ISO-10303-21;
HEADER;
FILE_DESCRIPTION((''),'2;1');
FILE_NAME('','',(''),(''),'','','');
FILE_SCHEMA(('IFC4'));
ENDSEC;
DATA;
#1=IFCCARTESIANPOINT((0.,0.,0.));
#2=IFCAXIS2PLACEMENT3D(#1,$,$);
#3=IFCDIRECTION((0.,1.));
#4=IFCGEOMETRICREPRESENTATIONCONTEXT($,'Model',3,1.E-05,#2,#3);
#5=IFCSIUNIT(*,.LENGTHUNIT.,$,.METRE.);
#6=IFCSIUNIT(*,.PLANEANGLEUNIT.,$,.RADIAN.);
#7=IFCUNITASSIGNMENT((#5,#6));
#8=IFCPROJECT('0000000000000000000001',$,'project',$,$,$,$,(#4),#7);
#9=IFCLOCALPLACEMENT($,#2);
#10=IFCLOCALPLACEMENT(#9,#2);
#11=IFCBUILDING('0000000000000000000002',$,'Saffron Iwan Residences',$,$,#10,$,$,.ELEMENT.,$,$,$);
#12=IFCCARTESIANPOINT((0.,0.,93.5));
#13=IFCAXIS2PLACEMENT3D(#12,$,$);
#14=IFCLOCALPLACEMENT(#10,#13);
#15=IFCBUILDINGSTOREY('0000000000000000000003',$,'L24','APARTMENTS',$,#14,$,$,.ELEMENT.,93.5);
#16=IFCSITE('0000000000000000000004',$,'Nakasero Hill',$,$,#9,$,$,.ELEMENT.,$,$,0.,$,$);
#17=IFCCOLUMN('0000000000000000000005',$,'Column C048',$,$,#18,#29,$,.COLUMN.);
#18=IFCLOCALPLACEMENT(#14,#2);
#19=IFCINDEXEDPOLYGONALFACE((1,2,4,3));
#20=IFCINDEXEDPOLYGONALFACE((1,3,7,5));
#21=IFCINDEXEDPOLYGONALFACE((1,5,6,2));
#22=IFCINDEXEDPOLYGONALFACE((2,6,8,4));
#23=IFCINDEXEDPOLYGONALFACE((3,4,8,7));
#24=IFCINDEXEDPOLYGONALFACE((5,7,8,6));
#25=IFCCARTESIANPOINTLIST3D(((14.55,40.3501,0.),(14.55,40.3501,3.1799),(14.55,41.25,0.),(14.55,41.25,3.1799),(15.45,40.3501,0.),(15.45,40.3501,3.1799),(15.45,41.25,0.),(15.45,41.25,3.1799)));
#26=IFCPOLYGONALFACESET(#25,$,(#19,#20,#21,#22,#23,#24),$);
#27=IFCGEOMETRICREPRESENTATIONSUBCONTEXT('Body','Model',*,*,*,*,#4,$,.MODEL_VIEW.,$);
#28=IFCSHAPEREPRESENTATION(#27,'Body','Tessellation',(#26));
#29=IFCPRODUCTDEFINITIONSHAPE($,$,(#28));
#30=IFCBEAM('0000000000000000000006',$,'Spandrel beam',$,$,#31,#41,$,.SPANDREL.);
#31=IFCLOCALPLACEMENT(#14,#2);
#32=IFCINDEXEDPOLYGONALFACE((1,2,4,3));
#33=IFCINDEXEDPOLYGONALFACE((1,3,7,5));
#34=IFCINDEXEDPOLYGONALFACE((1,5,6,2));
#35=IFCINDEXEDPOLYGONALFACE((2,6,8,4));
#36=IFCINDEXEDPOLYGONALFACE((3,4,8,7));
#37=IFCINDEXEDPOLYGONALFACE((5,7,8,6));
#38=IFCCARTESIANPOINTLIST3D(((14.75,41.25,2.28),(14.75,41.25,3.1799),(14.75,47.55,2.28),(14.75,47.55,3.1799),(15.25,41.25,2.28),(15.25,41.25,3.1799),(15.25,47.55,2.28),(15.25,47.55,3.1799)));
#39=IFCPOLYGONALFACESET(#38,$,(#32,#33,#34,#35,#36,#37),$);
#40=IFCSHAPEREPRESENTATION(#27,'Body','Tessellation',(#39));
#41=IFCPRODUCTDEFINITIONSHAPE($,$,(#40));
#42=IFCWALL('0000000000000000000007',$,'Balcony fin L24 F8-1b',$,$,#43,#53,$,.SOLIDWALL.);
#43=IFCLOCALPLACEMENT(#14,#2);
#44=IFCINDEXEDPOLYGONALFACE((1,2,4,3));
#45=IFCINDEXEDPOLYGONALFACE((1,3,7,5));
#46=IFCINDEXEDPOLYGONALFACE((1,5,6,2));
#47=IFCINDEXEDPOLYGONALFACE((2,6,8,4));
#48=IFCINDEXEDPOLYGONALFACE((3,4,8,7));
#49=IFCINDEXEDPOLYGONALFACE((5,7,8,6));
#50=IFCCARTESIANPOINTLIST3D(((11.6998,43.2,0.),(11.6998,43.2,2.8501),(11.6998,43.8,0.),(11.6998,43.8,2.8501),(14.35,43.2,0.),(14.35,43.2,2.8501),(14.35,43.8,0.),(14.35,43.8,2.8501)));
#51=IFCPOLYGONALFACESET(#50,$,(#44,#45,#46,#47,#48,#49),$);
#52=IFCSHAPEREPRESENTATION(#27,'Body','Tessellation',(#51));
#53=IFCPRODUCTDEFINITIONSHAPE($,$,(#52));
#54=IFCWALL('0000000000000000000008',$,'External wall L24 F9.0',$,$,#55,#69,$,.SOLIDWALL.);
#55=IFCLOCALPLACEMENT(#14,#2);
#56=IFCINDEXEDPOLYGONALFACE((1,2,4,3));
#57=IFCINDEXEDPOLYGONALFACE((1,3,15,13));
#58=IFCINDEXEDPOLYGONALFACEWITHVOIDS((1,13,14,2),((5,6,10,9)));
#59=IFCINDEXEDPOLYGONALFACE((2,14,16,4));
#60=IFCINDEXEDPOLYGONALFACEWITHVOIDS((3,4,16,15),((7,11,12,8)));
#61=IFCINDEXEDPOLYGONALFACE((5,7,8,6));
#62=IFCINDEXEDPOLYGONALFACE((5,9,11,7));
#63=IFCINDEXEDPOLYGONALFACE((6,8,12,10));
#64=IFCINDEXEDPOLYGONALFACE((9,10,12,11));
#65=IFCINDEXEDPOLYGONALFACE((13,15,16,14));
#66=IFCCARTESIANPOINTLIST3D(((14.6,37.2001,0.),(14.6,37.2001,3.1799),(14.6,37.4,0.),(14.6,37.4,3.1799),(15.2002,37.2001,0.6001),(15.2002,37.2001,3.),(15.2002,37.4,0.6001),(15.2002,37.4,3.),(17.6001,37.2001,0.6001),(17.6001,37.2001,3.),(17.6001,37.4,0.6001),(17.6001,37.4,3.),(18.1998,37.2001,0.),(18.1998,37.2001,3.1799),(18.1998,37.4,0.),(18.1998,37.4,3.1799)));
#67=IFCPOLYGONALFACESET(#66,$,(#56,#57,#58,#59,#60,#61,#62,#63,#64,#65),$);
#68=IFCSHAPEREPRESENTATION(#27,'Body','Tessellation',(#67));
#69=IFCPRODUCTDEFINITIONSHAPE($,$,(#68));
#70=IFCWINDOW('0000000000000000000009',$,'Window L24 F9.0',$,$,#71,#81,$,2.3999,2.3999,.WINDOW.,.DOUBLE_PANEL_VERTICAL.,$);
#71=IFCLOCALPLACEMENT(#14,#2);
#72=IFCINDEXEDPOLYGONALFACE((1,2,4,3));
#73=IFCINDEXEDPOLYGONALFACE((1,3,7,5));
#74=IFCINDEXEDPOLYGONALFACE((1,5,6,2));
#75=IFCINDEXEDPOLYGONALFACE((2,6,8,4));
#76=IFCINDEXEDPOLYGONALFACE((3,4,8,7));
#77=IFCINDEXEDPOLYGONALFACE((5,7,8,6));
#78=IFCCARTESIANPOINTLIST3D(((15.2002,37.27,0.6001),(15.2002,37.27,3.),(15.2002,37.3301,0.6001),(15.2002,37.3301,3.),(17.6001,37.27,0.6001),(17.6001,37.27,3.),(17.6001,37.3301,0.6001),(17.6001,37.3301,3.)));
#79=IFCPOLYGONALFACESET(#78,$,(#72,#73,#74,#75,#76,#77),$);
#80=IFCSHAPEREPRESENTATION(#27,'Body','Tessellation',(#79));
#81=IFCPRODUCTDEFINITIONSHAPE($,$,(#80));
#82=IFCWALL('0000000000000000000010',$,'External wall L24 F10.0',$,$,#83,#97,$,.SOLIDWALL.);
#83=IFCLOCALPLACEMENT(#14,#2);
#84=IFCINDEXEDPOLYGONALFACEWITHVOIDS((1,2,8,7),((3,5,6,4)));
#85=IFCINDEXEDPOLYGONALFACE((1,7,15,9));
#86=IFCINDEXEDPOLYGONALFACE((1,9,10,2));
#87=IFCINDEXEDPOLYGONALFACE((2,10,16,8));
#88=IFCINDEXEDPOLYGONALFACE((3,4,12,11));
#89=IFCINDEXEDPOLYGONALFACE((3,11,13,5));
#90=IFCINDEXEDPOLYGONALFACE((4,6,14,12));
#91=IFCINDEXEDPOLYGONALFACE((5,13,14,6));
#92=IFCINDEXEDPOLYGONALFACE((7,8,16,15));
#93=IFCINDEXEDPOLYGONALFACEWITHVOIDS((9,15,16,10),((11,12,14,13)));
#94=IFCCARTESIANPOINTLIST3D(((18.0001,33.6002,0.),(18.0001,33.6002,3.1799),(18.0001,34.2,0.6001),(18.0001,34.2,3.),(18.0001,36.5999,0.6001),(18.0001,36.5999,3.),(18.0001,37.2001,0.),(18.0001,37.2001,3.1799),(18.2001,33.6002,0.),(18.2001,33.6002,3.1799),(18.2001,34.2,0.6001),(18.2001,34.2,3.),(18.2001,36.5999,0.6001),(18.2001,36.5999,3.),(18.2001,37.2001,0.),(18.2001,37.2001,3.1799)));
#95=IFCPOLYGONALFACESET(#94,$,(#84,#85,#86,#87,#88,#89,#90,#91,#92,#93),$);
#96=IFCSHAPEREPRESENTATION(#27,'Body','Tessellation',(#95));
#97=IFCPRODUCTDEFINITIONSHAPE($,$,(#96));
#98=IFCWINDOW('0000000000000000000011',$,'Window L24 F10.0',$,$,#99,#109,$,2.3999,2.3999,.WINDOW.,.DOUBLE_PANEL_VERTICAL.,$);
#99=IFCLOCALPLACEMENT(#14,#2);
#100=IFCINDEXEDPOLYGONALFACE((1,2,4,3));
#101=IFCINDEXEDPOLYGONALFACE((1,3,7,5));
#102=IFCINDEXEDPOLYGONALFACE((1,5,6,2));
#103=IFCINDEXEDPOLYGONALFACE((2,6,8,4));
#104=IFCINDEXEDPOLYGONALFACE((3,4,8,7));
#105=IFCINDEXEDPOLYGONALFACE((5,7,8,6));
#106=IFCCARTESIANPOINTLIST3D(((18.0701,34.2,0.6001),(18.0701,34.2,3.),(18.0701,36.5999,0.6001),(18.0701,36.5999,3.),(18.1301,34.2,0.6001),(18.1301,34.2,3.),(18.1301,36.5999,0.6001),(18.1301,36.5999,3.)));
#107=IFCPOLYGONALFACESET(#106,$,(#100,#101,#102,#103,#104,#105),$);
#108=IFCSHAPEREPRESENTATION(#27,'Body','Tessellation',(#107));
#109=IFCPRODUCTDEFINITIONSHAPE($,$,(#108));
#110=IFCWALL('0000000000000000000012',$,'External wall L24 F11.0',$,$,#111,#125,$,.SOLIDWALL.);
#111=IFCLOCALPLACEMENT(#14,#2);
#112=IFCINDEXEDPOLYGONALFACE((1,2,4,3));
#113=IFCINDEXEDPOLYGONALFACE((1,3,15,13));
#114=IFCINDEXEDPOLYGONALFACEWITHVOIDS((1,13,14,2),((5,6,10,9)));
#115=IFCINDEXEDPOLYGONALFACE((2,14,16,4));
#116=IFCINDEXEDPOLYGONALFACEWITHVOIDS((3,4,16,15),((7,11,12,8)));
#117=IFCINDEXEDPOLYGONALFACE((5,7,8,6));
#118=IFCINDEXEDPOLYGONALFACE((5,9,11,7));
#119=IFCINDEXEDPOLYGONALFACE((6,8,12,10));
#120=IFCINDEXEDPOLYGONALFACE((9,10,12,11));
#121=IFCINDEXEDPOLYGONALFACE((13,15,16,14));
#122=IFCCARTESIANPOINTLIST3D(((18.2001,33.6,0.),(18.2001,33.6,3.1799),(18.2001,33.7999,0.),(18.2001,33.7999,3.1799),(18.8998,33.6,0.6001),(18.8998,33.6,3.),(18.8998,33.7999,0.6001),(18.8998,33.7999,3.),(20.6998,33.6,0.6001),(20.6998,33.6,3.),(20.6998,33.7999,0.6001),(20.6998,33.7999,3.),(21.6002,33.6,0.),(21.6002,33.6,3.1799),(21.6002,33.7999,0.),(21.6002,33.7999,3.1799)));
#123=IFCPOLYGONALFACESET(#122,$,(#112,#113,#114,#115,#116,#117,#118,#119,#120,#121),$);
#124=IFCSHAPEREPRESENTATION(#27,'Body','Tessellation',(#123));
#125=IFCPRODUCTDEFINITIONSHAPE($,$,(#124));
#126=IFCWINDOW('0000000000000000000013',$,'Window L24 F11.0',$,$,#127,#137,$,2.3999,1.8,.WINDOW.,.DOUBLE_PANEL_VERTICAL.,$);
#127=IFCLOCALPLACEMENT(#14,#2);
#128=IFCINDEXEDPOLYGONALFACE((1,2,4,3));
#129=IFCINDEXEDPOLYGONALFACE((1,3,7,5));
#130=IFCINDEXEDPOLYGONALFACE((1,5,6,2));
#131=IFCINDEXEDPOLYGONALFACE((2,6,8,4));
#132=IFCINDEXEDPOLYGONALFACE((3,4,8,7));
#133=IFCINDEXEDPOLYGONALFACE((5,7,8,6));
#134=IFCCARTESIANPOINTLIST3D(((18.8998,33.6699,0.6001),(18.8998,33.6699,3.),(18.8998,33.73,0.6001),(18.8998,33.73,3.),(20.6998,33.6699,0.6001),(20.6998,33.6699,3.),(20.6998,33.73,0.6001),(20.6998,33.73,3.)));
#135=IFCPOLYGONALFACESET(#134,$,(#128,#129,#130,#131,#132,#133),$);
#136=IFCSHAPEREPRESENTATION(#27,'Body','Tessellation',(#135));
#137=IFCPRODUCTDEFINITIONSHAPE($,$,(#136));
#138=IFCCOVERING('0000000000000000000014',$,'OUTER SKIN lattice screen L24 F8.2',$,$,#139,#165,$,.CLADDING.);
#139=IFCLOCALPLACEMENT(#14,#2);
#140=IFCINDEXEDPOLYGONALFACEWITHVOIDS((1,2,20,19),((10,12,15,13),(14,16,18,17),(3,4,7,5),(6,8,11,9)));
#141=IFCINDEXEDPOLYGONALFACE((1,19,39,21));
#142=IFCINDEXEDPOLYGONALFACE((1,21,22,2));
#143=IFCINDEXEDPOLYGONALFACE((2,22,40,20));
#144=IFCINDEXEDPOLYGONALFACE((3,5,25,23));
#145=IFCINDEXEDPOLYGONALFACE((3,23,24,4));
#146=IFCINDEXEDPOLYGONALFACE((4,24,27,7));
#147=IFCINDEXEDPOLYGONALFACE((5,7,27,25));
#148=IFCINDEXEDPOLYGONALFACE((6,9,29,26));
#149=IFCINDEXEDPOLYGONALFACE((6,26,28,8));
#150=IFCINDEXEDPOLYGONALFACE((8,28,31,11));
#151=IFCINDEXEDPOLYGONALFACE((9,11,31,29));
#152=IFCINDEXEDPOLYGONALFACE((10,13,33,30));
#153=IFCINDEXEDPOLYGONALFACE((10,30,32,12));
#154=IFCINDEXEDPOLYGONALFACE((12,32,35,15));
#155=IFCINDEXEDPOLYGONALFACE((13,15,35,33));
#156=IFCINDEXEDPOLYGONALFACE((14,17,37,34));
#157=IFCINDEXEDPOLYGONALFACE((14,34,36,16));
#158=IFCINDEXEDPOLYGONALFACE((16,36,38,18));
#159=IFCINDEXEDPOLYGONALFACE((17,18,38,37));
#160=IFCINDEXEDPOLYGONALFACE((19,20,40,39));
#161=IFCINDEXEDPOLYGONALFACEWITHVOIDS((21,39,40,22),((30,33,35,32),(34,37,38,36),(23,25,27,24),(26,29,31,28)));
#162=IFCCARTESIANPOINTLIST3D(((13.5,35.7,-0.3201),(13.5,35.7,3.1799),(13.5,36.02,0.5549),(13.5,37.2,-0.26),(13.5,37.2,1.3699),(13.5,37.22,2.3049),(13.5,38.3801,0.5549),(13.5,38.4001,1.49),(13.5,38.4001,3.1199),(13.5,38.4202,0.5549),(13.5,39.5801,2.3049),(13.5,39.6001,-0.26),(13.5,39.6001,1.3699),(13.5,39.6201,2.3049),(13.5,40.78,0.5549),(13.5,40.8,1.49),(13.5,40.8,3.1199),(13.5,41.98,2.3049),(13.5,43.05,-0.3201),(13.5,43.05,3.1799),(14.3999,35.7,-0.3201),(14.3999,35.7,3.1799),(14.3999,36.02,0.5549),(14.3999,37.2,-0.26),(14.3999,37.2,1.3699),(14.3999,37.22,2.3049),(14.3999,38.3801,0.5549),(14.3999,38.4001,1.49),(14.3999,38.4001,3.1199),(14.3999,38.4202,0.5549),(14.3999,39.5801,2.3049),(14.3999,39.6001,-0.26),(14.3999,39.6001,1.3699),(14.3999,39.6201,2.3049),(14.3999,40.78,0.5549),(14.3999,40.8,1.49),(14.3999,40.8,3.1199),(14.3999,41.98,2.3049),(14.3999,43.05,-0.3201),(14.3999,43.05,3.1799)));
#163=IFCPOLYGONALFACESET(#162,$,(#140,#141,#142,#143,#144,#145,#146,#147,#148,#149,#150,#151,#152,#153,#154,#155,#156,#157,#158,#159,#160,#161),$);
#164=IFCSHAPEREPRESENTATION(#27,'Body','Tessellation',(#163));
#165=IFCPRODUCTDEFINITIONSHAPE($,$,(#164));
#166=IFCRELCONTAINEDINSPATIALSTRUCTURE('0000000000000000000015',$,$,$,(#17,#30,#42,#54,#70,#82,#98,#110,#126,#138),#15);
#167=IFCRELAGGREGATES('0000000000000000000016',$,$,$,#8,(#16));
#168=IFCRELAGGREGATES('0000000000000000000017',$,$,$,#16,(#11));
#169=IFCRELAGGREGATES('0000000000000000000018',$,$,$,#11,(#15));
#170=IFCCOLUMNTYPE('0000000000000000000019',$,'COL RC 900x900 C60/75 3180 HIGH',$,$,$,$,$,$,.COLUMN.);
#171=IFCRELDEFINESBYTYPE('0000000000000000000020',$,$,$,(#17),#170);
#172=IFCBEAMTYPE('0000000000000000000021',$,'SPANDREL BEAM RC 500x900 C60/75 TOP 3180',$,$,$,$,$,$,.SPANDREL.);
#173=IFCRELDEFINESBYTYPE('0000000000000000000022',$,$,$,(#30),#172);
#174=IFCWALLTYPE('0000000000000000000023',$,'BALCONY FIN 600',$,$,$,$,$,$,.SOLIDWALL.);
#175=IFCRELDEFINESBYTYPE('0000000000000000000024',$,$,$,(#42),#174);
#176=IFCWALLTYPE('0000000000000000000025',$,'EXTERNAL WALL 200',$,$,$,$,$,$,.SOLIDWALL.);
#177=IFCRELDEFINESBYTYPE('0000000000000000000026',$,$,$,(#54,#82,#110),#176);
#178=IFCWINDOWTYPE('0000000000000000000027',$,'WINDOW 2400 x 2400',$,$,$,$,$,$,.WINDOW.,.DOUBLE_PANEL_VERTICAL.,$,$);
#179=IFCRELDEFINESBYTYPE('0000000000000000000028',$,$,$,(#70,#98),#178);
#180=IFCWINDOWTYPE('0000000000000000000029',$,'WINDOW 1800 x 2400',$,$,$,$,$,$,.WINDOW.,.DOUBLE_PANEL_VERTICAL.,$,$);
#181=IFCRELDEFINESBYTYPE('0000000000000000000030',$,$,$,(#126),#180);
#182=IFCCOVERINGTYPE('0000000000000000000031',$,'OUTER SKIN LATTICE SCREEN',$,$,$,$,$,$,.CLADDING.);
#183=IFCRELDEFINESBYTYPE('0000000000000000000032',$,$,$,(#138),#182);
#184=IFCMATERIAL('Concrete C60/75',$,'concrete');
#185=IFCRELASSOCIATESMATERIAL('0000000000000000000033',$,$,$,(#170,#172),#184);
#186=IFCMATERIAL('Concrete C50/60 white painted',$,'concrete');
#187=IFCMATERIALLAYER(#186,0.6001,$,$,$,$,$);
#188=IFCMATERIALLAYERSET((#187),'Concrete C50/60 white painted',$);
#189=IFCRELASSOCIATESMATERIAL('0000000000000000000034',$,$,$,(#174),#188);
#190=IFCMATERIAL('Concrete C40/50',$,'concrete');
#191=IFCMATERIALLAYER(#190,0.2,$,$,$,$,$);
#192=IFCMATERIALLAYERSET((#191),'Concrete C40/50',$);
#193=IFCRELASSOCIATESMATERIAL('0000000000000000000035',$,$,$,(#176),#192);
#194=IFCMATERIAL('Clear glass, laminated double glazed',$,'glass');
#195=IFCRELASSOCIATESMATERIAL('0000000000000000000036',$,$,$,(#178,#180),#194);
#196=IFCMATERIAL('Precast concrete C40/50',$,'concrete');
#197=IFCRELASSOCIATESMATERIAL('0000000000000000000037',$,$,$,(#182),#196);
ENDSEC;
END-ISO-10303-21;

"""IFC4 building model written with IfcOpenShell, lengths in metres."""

from ifc_helpers import new_model, si_unit, direction, frame, frame_2d, origin, origin_2d, place, context, subcontext, project, spatial, polyline, rectangle, outline, extrude, source, transform, mapped, material, layer, layer_set, material_profile, profile_set, type_object, element, fill, save


model = new_model("IFC4")

# Units and contexts
model_context = context("Model", 3, precision=1e-05, world=origin(), true_north=direction((0.0, 1.0)))
body_context = subcontext(model_context, "Body", "Model", "MODEL_VIEW")
ifc_project = project(units=[si_unit("LENGTHUNIT", "METRE"), si_unit("PLANEANGLEUNIT", "RADIAN")], contexts=[model_context])

# Site, building, storey
site_placement = place(None, origin())
site = spatial("IfcSite", under=ifc_project, at=site_placement, Name="Nakasero Hill", CompositionType="ELEMENT", RefElevation=0.0)
building_placement = place(site_placement, origin())
building = spatial("IfcBuilding", under=site, at=building_placement, Name="Saffron Iwan Residences", CompositionType="ELEMENT")
storey_placement = place(building_placement, frame((0.0, 0.0, 93.5)))
storey = spatial("IfcBuildingStorey", under=building, at=storey_placement, Name="L24", Description="APARTMENTS", CompositionType="ELEMENT", Elevation=93.5)

# Column
ifc_material_1 = material(Name="Concrete C60/75", Category="concrete")
ifc_material_profile_1 = material_profile(ifc_material_1, rectangle(XDim=0.8999, YDim=0.8999, at=origin_2d()), Name="RC 900x900")
ifc_profile_set_1 = profile_set([ifc_material_profile_1], Name="Concrete C60/75")
column_type = type_object("IfcColumnType", Name="COL RC 900x900 C60/75 3180 HIGH", PredefinedType="COLUMN", material=ifc_profile_set_1)
shared_shape_1 = source(origin(), body_context, "Body", "SweptSolid", [
    extrude(rectangle(XDim=0.8999, YDim=0.8999, at=origin_2d()), origin(), (0.0, 0.0, 1.0), 3.1799),
])
column_placement = place(storey_placement, frame((15.0, 40.8, 0.0), z_axis=(0.0, 0.0, 1.0), x_axis=(1.0, 0.0, 0.0)))
element("IfcColumn", 1, at=column_placement, inside=storey, type_object=column_type, Name="Column C048", PredefinedType="COLUMN", context=body_context, shape_type="MappedRepresentation", body=[
    mapped(shared_shape_1, transform((0.0, 0.0, 0.0))),
])

# Beam
ifc_material_profile_2 = material_profile(ifc_material_1, rectangle(XDim=0.5, YDim=0.8999, at=origin_2d()), Name="RC 500x900")
ifc_profile_set_2 = profile_set([ifc_material_profile_2], Name="Concrete C60/75")
beam_type = type_object("IfcBeamType", Name="SPANDREL BEAM RC 500x900 C60/75 TOP 3180", PredefinedType="SPANDREL", material=ifc_profile_set_2)
shared_shape_2 = source(origin(), body_context, "Body", "SweptSolid", [
    extrude(rectangle(XDim=0.5, YDim=0.8999, at=origin_2d()), origin(), (0.0, 0.0, 1.0), 6.3),
])
beam_placement = place(storey_placement, frame((15.0, 41.25, 2.73), z_axis=(0.0, 1.0, 0.0), x_axis=(-1.0, 0.0, 0.0)))
element("IfcBeam", 2, at=beam_placement, inside=storey, type_object=beam_type, Name="Spandrel beam", PredefinedType="SPANDREL", context=body_context, shape_type="MappedRepresentation", body=[
    mapped(shared_shape_2, transform((0.0, 0.0, 0.0))),
])

# Wall
ifc_material_2 = material(Name="Concrete C50/60 white painted", Category="concrete")
ifc_layer_1 = layer(ifc_material_2, 0.6001)
ifc_layer_set_1 = layer_set([ifc_layer_1], Name="Concrete C50/60 white painted")
wall_type_1 = type_object("IfcWallType", Name="BALCONY FIN 600", PredefinedType="SOLIDWALL", material=ifc_layer_set_1)
wall_1_placement = place(storey_placement, frame((14.3501, 43.5, 0.0), z_axis=(0.0, 0.0, 1.0), x_axis=(-1.0, 0.0, 0.0)))
element("IfcWall", 3, at=wall_1_placement, inside=storey, type_object=wall_type_1, Name="Balcony fin L24 F8-1b", PredefinedType="SOLIDWALL", context=body_context, shape_type="SweptSolid", body=[
    extrude(rectangle(XDim=2.6501, YDim=0.6001, at=frame_2d((1.3252, 0.0))), origin(), (0.0, 0.0, 1.0), 2.8501),
])

# Walls, openings, windows
ifc_material_3 = material(Name="Concrete C40/50", Category="concrete")
ifc_layer_2 = layer(ifc_material_3, 0.2)
ifc_layer_set_2 = layer_set([ifc_layer_2], Name="Concrete C40/50")
wall_type_2 = type_object("IfcWallType", Name="EXTERNAL WALL 200", PredefinedType="SOLIDWALL", material=ifc_layer_set_2)
wall_2_placement = place(storey_placement, frame((14.6001, 37.3, 0.0), z_axis=(0.0, 0.0, 1.0), x_axis=(1.0, 0.0, 0.0)))
wall_2 = element("IfcWall", 4, at=wall_2_placement, inside=storey, type_object=wall_type_2, Name="External wall L24 F9.0", PredefinedType="SOLIDWALL", context=body_context, shape_type="SweptSolid", body=[
    extrude(rectangle(XDim=3.5999, YDim=0.2, at=frame_2d((1.7998, 0.0))), origin(), (0.0, 0.0, 1.0), 3.1799),
])
opening_1_placement = place(wall_2_placement, frame((0.6001, 0.0, 0.6001)))
opening_1 = element("IfcOpeningElement", 5, at=opening_1_placement, cuts=wall_2, PredefinedType="OPENING", context=body_context, shape_type="SweptSolid", body=[
    extrude(rectangle(XDim=2.3999, YDim=2.3999, at=frame_2d((1.2, 1.2))), frame((0.0, 0.1099, 0.0), z_axis=(0.0, -1.0, 0.0), x_axis=(1.0, 0.0, 0.0)), (0.0, 0.0, 1.0), 0.22),
])
ifc_material_4 = material(Name="Clear glass, laminated double glazed", Category="glass")
window_type_1 = type_object("IfcWindowType", Name="WINDOW 2400 x 2400", PartitioningType="DOUBLE_PANEL_VERTICAL", PredefinedType="WINDOW", material=ifc_material_4)
window_1_placement = place(opening_1_placement, origin())
window_1 = element("IfcWindow", 6, at=window_1_placement, inside=storey, type_object=window_type_1, Name="Window L24 F9.0", OverallHeight=2.3999, OverallWidth=2.3999, PartitioningType="DOUBLE_PANEL_VERTICAL", PredefinedType="WINDOW", context=body_context, shape_type="SweptSolid", body=[
    extrude(rectangle(XDim=2.3999, YDim=2.3999, at=frame_2d((1.2, 1.2))), frame((0.0, 0.03, 0.0), z_axis=(0.0, -1.0, 0.0), x_axis=(1.0, 0.0, 0.0)), (0.0, 0.0, 1.0), 0.0601),
])
fill(opening_1, window_1)
wall_3_placement = place(storey_placement, frame((18.1001, 37.2, 0.0), z_axis=(0.0, 0.0, 1.0), x_axis=(0.0, -1.0, 0.0)))
wall_3 = element("IfcWall", 7, at=wall_3_placement, inside=storey, type_object=wall_type_2, Name="External wall L24 F10.0", PredefinedType="SOLIDWALL", context=body_context, shape_type="SweptSolid", body=[
    extrude(rectangle(XDim=3.5999, YDim=0.2, at=frame_2d((1.7998, 0.0))), origin(), (0.0, 0.0, 1.0), 3.1799),
])
opening_2_placement = place(wall_3_placement, frame((0.6001, 0.0, 0.6001)))
opening_2 = element("IfcOpeningElement", 8, at=opening_2_placement, cuts=wall_3, PredefinedType="OPENING", context=body_context, shape_type="SweptSolid", body=[
    extrude(rectangle(XDim=2.3999, YDim=2.3999, at=frame_2d((1.2, 1.2))), frame((0.0, 0.1099, 0.0), z_axis=(0.0, -1.0, 0.0), x_axis=(1.0, 0.0, 0.0)), (0.0, 0.0, 1.0), 0.22),
])
window_2_placement = place(opening_2_placement, origin())
window_2 = element("IfcWindow", 9, at=window_2_placement, inside=storey, type_object=window_type_1, Name="Window L24 F10.0", OverallHeight=2.3999, OverallWidth=2.3999, PartitioningType="DOUBLE_PANEL_VERTICAL", PredefinedType="WINDOW", context=body_context, shape_type="SweptSolid", body=[
    extrude(rectangle(XDim=2.3999, YDim=2.3999, at=frame_2d((1.2, 1.2))), frame((0.0, 0.03, 0.0), z_axis=(0.0, -1.0, 0.0), x_axis=(1.0, 0.0, 0.0)), (0.0, 0.0, 1.0), 0.0601),
])
fill(opening_2, window_2)
wall_4_placement = place(storey_placement, frame((18.2, 33.7, 0.0), z_axis=(0.0, 0.0, 1.0), x_axis=(1.0, 0.0, 0.0)))
wall_4 = element("IfcWall", 10, at=wall_4_placement, inside=storey, type_object=wall_type_2, Name="External wall L24 F11.0", PredefinedType="SOLIDWALL", context=body_context, shape_type="SweptSolid", body=[
    extrude(rectangle(XDim=3.4001, YDim=0.2, at=frame_2d((1.7002, 0.0))), origin(), (0.0, 0.0, 1.0), 3.1799),
])
opening_3_placement = place(wall_4_placement, frame((0.7, 0.0, 0.6001)))
opening_3 = element("IfcOpeningElement", 11, at=opening_3_placement, cuts=wall_4, PredefinedType="OPENING", context=body_context, shape_type="SweptSolid", body=[
    extrude(rectangle(XDim=1.8, YDim=2.3999, at=frame_2d((0.8999, 1.2))), frame((0.0, 0.1099, 0.0), z_axis=(0.0, -1.0, 0.0), x_axis=(1.0, 0.0, 0.0)), (0.0, 0.0, 1.0), 0.22),
])
window_type_2 = type_object("IfcWindowType", Name="WINDOW 1800 x 2400", PartitioningType="DOUBLE_PANEL_VERTICAL", PredefinedType="WINDOW", material=ifc_material_4)
window_3_placement = place(opening_3_placement, origin())
window_3 = element("IfcWindow", 12, at=window_3_placement, inside=storey, type_object=window_type_2, Name="Window L24 F11.0", OverallHeight=2.3999, OverallWidth=1.8, PartitioningType="DOUBLE_PANEL_VERTICAL", PredefinedType="WINDOW", context=body_context, shape_type="SweptSolid", body=[
    extrude(rectangle(XDim=1.8, YDim=2.3999, at=frame_2d((0.8999, 1.2))), frame((0.0, 0.03, 0.0), z_axis=(0.0, -1.0, 0.0), x_axis=(1.0, 0.0, 0.0)), (0.0, 0.0, 1.0), 0.0601),
])
fill(opening_3, window_3)

# Covering
ifc_material_5 = material(Name="Precast concrete C40/50", Category="concrete")
covering_type_1 = type_object("IfcCoveringType", Name="OUTER SKIN LATTICE SCREEN", PredefinedType="CLADDING", material=ifc_material_5)
covering_1_placement = place(storey_placement, frame((14.3999, 43.05, -0.3201), z_axis=(-1.0, 0.0, 0.0), x_axis=(0.0, -1.0, 0.0)))
element("IfcCovering", 13, at=covering_1_placement, inside=storey, type_object=covering_type_1, Name="OUTER SKIN lattice screen L24 F8.2", PredefinedType="CLADDING", context=body_context, shape_type="SweptSolid", body=[
    extrude(outline(polyline([(0.0, 0.0), (7.3501, 0.0), (7.3501, 3.5), (0.0, 3.5), (0.0, 0.0)]), holes=[polyline([(2.27, 0.875), (3.45, 0.0601), (4.6299, 0.875), (3.45, 1.6899), (2.27, 0.875)]), polyline([(4.6699, 0.875), (5.8501, 0.0601), (7.03, 0.875), (5.8501, 1.6899), (4.6699, 0.875)]), polyline([(1.0701, 2.625), (2.25, 1.8101), (3.4299, 2.625), (2.25, 3.4399), (1.0701, 2.625)]), polyline([(3.47, 2.625), (4.6499, 1.8101), (5.8301, 2.625), (4.6499, 3.4399), (3.47, 2.625)])]), origin(), (0.0, 0.0, 1.0), 0.8999),
])

save(model, "model.ifc")
